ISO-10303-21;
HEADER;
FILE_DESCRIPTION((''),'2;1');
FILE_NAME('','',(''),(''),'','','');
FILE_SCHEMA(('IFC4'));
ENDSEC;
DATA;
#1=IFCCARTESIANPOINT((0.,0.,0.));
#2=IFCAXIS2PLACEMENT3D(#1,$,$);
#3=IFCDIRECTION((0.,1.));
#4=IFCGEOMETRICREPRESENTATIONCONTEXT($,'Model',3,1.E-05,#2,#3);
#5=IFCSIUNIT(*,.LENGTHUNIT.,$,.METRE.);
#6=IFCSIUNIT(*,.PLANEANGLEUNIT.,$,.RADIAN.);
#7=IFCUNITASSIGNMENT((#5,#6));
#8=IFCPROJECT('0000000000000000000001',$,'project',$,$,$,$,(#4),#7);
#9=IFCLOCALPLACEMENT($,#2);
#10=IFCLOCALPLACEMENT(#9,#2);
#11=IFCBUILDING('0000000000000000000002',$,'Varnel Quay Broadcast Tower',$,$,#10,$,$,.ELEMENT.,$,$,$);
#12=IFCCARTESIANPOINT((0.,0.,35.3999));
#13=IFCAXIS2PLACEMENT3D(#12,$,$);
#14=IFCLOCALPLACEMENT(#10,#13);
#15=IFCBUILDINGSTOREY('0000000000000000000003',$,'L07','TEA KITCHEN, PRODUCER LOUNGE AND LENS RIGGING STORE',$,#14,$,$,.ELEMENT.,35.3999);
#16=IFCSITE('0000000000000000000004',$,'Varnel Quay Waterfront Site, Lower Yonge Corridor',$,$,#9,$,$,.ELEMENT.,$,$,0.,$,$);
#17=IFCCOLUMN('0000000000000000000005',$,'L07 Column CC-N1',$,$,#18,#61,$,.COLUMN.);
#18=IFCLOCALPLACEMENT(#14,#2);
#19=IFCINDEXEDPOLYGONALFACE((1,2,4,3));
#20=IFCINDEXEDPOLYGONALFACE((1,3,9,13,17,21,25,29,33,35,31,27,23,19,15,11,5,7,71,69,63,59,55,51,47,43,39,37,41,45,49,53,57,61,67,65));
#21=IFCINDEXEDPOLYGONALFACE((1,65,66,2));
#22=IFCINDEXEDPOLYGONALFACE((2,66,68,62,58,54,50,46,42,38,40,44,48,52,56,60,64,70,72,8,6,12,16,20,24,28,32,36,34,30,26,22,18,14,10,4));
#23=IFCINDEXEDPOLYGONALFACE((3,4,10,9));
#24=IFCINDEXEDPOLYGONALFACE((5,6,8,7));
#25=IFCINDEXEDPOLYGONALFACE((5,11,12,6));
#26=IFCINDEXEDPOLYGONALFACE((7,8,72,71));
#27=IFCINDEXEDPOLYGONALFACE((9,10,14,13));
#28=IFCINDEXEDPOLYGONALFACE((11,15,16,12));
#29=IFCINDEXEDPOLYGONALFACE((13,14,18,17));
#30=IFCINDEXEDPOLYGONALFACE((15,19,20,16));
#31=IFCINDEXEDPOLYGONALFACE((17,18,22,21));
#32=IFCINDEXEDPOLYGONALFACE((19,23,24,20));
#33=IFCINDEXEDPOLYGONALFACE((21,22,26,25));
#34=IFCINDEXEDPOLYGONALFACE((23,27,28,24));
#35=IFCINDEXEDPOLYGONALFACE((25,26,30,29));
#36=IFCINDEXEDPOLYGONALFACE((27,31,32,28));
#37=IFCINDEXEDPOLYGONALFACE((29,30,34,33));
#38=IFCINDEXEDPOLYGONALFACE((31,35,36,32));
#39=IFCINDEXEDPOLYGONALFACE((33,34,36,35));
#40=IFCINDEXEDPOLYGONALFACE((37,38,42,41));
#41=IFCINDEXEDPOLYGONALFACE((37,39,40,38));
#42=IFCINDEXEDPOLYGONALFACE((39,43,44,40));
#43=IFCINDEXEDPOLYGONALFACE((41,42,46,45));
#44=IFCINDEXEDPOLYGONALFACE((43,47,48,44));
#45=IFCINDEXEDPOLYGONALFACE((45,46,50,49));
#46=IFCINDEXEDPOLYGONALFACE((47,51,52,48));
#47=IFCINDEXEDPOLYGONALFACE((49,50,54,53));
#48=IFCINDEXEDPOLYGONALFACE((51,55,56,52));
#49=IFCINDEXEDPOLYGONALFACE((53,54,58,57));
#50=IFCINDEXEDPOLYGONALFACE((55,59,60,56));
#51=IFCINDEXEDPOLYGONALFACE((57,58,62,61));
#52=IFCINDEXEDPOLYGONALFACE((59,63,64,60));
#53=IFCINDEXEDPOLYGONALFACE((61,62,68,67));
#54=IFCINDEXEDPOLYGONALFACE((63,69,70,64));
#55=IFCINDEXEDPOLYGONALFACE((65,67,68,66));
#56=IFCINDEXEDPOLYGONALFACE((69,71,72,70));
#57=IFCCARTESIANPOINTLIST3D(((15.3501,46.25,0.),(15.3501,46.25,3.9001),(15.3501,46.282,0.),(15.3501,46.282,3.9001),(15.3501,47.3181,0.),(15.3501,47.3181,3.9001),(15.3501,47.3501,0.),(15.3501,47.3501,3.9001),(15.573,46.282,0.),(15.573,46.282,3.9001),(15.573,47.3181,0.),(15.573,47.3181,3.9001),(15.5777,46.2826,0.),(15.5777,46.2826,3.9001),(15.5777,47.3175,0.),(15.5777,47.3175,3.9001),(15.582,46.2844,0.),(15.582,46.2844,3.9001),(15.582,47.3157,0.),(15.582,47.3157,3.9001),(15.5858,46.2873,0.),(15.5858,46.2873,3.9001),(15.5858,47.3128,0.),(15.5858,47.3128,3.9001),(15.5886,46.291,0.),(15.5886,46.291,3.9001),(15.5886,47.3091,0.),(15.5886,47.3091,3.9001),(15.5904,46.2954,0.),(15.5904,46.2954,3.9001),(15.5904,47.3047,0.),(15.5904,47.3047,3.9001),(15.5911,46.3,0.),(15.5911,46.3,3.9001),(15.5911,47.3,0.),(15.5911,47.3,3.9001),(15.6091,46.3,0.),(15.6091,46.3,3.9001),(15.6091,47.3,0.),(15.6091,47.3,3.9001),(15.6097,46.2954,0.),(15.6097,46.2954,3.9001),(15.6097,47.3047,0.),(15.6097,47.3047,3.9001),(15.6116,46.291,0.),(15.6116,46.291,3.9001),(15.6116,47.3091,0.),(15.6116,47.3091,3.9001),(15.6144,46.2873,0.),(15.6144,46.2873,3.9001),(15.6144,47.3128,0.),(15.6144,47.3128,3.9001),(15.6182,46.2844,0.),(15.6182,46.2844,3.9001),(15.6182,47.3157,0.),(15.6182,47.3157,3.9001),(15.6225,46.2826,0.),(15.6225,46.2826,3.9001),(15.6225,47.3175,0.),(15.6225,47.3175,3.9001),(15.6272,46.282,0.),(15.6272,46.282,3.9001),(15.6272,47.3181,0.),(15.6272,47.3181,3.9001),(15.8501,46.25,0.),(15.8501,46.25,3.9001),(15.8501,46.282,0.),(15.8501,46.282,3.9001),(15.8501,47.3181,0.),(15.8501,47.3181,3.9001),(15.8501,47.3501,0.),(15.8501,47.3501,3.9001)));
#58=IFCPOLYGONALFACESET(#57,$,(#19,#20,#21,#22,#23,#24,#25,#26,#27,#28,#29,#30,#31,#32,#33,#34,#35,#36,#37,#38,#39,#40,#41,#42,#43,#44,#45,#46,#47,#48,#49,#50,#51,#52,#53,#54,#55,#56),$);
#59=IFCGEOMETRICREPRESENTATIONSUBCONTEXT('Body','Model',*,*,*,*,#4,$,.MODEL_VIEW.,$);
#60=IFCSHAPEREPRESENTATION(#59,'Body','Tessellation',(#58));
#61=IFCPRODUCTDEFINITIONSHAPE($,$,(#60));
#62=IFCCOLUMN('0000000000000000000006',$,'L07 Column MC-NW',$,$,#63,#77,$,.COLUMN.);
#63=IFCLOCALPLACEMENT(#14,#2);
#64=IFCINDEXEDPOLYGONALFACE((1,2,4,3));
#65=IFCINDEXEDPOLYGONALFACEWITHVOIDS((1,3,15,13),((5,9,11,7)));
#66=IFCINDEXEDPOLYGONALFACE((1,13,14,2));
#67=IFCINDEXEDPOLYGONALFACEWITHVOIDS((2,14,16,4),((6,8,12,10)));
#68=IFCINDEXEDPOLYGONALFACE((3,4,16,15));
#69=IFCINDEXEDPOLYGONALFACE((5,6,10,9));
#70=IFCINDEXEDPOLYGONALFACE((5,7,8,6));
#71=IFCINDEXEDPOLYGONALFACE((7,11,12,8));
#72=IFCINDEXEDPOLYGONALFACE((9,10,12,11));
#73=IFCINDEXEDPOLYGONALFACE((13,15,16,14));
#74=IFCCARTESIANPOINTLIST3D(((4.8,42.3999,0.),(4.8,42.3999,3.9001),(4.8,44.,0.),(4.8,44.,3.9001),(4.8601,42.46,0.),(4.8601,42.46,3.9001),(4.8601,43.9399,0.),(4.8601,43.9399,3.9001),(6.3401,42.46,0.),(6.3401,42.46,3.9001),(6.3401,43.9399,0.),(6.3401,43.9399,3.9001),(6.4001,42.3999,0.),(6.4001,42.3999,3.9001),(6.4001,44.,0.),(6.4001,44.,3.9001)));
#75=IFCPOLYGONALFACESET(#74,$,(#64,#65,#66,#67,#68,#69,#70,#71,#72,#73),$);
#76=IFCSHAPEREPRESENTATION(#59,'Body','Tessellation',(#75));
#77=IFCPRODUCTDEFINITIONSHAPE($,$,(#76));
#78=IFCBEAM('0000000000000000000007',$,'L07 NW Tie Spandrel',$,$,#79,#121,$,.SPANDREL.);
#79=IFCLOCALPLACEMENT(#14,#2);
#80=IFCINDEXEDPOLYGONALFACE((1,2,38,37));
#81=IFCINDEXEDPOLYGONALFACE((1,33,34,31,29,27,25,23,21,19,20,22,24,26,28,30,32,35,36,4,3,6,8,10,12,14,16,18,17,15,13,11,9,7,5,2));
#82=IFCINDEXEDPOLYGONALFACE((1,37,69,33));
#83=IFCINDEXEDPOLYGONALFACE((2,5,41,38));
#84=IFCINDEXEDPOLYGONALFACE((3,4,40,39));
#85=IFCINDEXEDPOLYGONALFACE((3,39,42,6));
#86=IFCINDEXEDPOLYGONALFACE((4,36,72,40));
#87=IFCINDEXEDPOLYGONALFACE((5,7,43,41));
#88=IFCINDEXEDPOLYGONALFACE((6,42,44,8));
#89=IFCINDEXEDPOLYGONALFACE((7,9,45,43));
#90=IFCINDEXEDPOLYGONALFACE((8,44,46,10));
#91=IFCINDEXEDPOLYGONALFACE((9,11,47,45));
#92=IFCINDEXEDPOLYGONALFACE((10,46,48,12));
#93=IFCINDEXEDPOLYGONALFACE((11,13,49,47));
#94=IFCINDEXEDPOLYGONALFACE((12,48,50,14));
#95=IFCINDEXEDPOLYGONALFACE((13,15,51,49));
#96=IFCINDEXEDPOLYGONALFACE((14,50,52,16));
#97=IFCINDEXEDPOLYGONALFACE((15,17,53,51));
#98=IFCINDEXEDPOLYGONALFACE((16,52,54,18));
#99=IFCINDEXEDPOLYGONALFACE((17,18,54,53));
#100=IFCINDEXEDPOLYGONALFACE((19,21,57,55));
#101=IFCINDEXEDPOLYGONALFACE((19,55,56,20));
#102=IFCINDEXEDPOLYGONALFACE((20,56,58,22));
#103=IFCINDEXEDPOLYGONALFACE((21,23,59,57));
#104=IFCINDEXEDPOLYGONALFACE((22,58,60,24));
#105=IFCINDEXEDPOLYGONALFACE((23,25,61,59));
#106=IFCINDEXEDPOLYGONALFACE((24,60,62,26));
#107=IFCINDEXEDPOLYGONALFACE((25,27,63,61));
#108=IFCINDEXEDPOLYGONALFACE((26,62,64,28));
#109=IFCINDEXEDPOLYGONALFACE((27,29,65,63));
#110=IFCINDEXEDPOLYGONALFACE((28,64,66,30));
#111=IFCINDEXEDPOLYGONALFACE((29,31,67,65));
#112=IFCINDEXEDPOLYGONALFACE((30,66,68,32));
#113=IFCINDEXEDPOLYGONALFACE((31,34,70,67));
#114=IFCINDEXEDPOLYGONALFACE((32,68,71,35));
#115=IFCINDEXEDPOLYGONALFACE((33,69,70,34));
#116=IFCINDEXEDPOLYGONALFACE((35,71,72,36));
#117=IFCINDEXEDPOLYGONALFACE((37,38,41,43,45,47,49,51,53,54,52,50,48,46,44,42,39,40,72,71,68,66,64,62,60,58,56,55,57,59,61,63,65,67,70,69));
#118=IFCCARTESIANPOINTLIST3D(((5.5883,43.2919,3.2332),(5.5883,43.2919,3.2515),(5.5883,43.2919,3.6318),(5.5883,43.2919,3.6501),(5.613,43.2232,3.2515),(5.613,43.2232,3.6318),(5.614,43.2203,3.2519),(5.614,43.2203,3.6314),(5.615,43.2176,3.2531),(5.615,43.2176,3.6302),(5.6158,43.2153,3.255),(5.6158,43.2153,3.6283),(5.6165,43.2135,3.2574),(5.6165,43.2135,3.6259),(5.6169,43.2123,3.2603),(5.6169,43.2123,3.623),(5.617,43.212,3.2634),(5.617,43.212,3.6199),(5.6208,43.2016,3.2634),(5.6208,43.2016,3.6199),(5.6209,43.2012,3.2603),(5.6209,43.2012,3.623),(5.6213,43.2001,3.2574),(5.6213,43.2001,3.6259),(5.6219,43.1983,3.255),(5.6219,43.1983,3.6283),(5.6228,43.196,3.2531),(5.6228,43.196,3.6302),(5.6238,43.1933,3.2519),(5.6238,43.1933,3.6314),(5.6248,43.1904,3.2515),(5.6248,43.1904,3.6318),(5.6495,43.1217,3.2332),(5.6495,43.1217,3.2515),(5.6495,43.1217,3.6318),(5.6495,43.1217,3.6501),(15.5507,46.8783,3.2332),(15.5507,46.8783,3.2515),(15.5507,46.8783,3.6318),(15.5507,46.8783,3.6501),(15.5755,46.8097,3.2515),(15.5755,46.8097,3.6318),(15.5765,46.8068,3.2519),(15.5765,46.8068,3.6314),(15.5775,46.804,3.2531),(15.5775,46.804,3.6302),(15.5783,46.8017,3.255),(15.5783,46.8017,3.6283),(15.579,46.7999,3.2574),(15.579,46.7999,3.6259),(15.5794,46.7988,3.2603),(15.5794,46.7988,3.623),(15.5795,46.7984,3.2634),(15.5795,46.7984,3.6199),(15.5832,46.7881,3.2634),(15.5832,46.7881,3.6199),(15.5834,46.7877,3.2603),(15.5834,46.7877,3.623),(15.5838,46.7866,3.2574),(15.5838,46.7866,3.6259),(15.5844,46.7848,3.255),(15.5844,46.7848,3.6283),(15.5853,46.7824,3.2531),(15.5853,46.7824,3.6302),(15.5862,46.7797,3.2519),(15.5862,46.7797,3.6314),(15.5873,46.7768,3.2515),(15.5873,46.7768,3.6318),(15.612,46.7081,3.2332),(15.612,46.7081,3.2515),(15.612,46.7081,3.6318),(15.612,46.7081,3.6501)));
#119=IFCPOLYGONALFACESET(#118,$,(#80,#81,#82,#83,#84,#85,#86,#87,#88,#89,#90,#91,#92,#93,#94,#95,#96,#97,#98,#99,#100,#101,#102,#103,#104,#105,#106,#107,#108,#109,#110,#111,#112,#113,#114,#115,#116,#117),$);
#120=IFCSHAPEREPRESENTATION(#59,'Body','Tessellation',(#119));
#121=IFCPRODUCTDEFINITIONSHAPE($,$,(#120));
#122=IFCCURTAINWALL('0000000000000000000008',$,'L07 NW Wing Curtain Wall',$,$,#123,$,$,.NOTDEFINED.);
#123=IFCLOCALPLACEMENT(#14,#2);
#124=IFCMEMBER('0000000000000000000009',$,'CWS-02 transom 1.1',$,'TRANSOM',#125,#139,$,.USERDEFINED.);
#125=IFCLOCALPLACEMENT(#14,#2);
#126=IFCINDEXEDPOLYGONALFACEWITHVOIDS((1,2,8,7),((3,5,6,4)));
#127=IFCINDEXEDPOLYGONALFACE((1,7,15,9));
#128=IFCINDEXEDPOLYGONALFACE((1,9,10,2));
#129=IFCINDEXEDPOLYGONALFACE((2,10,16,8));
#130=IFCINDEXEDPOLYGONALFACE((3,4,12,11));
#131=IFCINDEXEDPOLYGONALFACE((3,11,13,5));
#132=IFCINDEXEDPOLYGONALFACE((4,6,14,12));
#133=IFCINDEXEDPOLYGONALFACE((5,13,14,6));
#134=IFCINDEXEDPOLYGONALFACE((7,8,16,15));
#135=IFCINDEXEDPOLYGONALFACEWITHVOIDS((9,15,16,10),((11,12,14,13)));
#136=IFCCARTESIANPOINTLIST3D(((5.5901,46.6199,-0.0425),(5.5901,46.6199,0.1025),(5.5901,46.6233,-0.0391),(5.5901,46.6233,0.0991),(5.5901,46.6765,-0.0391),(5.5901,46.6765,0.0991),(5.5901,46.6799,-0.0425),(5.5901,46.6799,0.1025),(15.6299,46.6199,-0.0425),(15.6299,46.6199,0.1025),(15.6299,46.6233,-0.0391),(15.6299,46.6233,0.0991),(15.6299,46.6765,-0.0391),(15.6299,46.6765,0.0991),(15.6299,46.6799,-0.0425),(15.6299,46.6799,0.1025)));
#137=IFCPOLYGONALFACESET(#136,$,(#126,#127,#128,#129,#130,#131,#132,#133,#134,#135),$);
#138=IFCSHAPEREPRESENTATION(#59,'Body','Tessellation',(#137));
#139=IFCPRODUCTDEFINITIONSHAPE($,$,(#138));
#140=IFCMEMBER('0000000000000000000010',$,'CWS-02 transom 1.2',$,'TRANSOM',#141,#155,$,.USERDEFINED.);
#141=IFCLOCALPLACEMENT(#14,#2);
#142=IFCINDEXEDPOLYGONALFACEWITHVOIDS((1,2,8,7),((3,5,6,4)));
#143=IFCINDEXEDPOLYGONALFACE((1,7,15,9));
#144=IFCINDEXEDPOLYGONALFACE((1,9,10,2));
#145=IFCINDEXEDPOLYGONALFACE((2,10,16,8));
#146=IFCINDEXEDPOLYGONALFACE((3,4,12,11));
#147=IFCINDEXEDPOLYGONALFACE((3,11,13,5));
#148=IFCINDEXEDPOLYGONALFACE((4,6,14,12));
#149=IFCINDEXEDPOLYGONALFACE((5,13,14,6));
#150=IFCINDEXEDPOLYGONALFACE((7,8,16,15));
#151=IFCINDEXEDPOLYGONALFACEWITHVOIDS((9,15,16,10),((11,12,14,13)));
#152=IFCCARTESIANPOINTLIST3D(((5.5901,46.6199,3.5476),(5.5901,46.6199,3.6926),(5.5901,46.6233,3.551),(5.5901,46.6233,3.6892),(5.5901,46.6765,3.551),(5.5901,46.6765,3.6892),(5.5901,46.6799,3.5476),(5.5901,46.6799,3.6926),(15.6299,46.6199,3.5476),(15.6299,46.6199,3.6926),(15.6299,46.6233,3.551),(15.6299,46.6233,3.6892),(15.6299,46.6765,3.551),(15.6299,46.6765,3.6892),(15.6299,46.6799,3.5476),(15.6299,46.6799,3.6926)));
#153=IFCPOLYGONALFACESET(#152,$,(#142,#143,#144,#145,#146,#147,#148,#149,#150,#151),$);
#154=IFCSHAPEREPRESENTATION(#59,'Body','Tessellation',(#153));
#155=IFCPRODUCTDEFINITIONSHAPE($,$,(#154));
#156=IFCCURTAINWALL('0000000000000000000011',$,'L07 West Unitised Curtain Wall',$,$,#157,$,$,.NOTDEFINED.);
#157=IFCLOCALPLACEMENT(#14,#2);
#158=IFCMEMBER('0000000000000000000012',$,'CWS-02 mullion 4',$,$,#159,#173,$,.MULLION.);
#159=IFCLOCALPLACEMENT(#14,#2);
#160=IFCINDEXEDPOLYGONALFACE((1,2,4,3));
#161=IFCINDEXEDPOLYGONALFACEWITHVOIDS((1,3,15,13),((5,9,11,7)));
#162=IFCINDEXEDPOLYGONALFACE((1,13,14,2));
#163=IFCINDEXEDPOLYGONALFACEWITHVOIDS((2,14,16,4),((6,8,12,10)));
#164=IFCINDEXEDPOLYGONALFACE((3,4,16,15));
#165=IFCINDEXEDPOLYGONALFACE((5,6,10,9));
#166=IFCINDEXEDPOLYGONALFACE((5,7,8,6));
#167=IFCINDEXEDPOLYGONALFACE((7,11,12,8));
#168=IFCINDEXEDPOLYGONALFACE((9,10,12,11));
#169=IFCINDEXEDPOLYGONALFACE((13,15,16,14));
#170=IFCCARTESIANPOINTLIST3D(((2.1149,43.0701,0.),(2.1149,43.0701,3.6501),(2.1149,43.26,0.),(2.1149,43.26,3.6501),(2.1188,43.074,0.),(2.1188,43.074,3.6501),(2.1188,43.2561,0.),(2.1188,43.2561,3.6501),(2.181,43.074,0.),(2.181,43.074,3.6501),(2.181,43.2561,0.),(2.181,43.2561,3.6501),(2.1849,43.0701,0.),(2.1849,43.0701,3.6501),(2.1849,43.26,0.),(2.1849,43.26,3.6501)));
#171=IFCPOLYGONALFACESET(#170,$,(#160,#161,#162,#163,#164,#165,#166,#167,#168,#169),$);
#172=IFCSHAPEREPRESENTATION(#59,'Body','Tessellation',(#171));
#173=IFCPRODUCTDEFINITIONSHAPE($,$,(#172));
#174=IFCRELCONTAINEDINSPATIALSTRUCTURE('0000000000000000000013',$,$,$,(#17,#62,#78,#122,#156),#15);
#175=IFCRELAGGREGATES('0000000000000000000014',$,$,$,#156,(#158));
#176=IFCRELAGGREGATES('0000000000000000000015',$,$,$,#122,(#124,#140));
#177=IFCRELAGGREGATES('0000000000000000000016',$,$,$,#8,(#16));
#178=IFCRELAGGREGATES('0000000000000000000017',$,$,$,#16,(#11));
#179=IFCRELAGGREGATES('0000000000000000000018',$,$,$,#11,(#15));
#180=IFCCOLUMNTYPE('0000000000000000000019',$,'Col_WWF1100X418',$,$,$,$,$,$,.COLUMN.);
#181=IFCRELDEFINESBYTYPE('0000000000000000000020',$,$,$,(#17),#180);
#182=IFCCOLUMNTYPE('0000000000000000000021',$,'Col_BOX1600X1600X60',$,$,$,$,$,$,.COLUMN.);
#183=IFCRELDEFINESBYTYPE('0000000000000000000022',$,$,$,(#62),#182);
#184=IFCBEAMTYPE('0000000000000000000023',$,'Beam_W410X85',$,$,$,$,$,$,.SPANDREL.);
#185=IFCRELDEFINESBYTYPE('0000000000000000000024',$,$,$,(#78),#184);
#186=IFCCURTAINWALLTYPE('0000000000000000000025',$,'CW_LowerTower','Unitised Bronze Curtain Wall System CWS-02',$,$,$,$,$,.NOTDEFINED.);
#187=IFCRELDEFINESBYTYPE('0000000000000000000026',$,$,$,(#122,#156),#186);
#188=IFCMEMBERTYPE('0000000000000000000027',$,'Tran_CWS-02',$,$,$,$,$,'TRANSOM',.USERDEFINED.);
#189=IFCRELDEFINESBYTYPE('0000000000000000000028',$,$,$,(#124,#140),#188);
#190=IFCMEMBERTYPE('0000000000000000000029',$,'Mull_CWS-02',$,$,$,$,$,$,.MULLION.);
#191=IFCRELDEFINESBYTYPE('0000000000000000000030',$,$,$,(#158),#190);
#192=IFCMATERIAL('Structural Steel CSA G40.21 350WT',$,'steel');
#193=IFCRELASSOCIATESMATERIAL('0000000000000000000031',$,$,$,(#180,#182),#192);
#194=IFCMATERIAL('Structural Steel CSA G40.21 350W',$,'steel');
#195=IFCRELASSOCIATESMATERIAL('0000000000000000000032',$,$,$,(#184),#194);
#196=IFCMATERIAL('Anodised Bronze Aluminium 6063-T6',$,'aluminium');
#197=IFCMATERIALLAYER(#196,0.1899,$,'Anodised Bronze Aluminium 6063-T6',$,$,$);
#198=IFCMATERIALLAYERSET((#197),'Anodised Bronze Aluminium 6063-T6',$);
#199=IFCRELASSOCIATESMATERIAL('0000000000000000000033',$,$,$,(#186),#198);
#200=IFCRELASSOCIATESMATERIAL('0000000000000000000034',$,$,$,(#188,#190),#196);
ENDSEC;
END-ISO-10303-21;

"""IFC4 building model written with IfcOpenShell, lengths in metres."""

from ifc_helpers import new_model, si_unit, direction, frame, origin, origin_2d, place, context, subcontext, project, spatial, hollow_rectangle, i_section, extrude, source, transform, mapped, material, layer, layer_set, material_profile, profile_set, type_object, type_shapes, element, aggregate, save


model = new_model("IFC4")

# Units and contexts
model_context = context("Model", 3, precision=1e-05, world=origin(), true_north=direction((0.0, 1.0)))
body_context = subcontext(model_context, "Body", "Model", "MODEL_VIEW")
ifc_project = project(units=[si_unit("LENGTHUNIT", "METRE"), si_unit("PLANEANGLEUNIT", "RADIAN")], contexts=[model_context])

# Site, building, storey
site_placement = place(None, origin())
site = spatial("IfcSite", under=ifc_project, at=site_placement, Name="Varnel Quay Waterfront Site, Lower Yonge Corridor", CompositionType="ELEMENT", RefElevation=0.0)
building_placement = place(site_placement, origin())
building = spatial("IfcBuilding", under=site, at=building_placement, Name="Varnel Quay Broadcast Tower", CompositionType="ELEMENT")
storey_placement = place(building_placement, frame((0.0, 0.0, 35.3999)))
storey = spatial("IfcBuildingStorey", under=building, at=storey_placement, Name="L07", Description="TEA KITCHEN, PRODUCER LOUNGE AND LENS RIGGING STORE", CompositionType="ELEMENT", Elevation=35.3999)

# Columns
ifc_material_1 = material(Name="Structural Steel CSA G40.21 350WT", Category="steel")
ifc_material_profile_1 = material_profile(ifc_material_1, i_section(OverallWidth=0.5, OverallDepth=1.1001, WebThickness=0.0181, FlangeThickness=0.032, FilletRadius=0.0181, at=origin_2d()), Name="WWF1100X418")
ifc_profile_set_1 = profile_set([ifc_material_profile_1], Name="Structural Steel CSA G40.21 350WT")
column_type_1 = type_object("IfcColumnType", Name="Col_WWF1100X418", PredefinedType="COLUMN", material=ifc_profile_set_1)
shared_shape_1 = source(origin(), body_context, "Body", "SweptSolid", [
    extrude(i_section(OverallWidth=0.5, OverallDepth=1.1001, WebThickness=0.0181, FlangeThickness=0.032, FilletRadius=0.0181, at=origin_2d()), origin(), (0.0, 0.0, 1.0), 3.9001),
])
type_shapes(column_type_1, [shared_shape_1])
column_1_placement = place(storey_placement, frame((15.6001, 46.8, 0.0), z_axis=(0.0, 0.0, 1.0), x_axis=(1.0, 0.0, 0.0)))
element("IfcColumn", 1, at=column_1_placement, inside=storey, type_object=column_type_1, Name="L07 Column CC-N1", PredefinedType="COLUMN", context=body_context, shape_type="MappedRepresentation", body=[
    mapped(shared_shape_1, transform((0.0, 0.0, 0.0), x_axis=(1.0, 0.0, 0.0), y_axis=(0.0, 1.0, 0.0), z_axis=(0.0, 0.0, 1.0), scale=1.0)),
])
ifc_material_profile_2 = material_profile(ifc_material_1, hollow_rectangle(XDim=1.6001, YDim=1.6001, WallThickness=0.0601, at=origin_2d()), Name="BOX1600X1600X60")
ifc_profile_set_2 = profile_set([ifc_material_profile_2], Name="Structural Steel CSA G40.21 350WT")
column_type_2 = type_object("IfcColumnType", Name="Col_BOX1600X1600X60", PredefinedType="COLUMN", material=ifc_profile_set_2)
shared_shape_2 = source(origin(), body_context, "Body", "SweptSolid", [
    extrude(hollow_rectangle(XDim=1.6001, YDim=1.6001, WallThickness=0.0601, at=origin_2d()), origin(), (0.0, 0.0, 1.0), 3.9001),
])
type_shapes(column_type_2, [shared_shape_2])
column_2_placement = place(storey_placement, frame((5.6001, 43.2, 0.0), z_axis=(0.0, 0.0, 1.0), x_axis=(1.0, 0.0, 0.0)))
element("IfcColumn", 2, at=column_2_placement, inside=storey, type_object=column_type_2, Name="L07 Column MC-NW", PredefinedType="COLUMN", context=body_context, shape_type="MappedRepresentation", body=[
    mapped(shared_shape_2, transform((0.0, 0.0, 0.0), x_axis=(1.0, 0.0, 0.0), y_axis=(0.0, 1.0, 0.0), z_axis=(0.0, 0.0, 1.0), scale=1.0)),
])

# Beam
ifc_material_2 = material(Name="Structural Steel CSA G40.21 350W", Category="steel")
ifc_material_profile_3 = material_profile(ifc_material_2, i_section(OverallWidth=0.1809, OverallDepth=0.417, WebThickness=0.011, FlangeThickness=0.0183, FilletRadius=0.012, at=origin_2d()), Name="W410X85")
ifc_profile_set_3 = profile_set([ifc_material_profile_3], Name="Structural Steel CSA G40.21 350W")
beam_type = type_object("IfcBeamType", Name="Beam_W410X85", PredefinedType="SPANDREL", material=ifc_profile_set_3)
shared_shape_3 = source(origin(), body_context, "Body", "SweptSolid", [
    extrude(i_section(OverallWidth=0.1809, OverallDepth=0.417, WebThickness=0.011, FlangeThickness=0.0183, FilletRadius=0.012, at=origin_2d()), origin(), (0.0, 0.0, 1.0), 10.5884),
])
type_shapes(beam_type, [shared_shape_3])
beam_placement = place(storey_placement, frame((5.6189, 43.2068, 3.4417), z_axis=(0.940889, 0.338716, 0.0), x_axis=(-0.338716, 0.940889, 0.0)))
element("IfcBeam", 3, at=beam_placement, inside=storey, type_object=beam_type, Name="L07 NW Tie Spandrel", PredefinedType="SPANDREL", context=body_context, shape_type="MappedRepresentation", body=[
    mapped(shared_shape_3, transform((0.0, 0.0, 0.0), x_axis=(1.0, 0.0, 0.0), y_axis=(0.0, 1.0, 0.0), z_axis=(0.0, 0.0, 1.0), scale=1.0)),
])

# Curtain wall, members
ifc_material_3 = material(Name="Anodised Bronze Aluminium 6063-T6", Category="aluminium")
ifc_layer_1 = layer(ifc_material_3, 0.1899, Name="Anodised Bronze Aluminium 6063-T6")
ifc_layer_set_1 = layer_set([ifc_layer_1], Name="Anodised Bronze Aluminium 6063-T6")
curtain_wall_type = type_object("IfcCurtainWallType", Name="CW_LowerTower", Description="Unitised Bronze Curtain Wall System CWS-02", PredefinedType="NOTDEFINED", material=ifc_layer_set_1)
curtain_wall_1_placement = place(storey_placement, origin())
curtain_wall_1 = element("IfcCurtainWall", 4, at=curtain_wall_1_placement, inside=storey, type_object=curtain_wall_type, Name="L07 NW Wing Curtain Wall", PredefinedType="NOTDEFINED")
ifc_material_profile_4 = material_profile(ifc_material_3, hollow_rectangle(XDim=0.0601, YDim=0.145, WallThickness=0.0034, at=origin_2d()), Name="ALU60X145X3.5")
ifc_profile_set_4 = profile_set([ifc_material_profile_4], Name="Anodised Bronze Aluminium 6063-T6")
member_type_1 = type_object("IfcMemberType", Name="Tran_CWS-02", ElementType="TRANSOM", PredefinedType="USERDEFINED", material=ifc_profile_set_4)
shared_shape_4 = source(origin(), body_context, "Body", "SweptSolid", [
    extrude(hollow_rectangle(XDim=0.0601, YDim=0.145, WallThickness=0.0034, at=origin_2d()), origin(), (0.0, 0.0, 1.0), 10.0398),
])
type_shapes(member_type_1, [shared_shape_4])
member_1_placement = place(storey_placement, frame((5.5901, 46.6499, 0.03), z_axis=(1.0, 0.0, 0.0), x_axis=(0.0, 1.0, 0.0)))
member_1 = element("IfcMember", 5, at=member_1_placement, type_object=member_type_1, Name="CWS-02 transom 1.1", ObjectType="TRANSOM", PredefinedType="USERDEFINED", context=body_context, shape_type="MappedRepresentation", body=[
    mapped(shared_shape_4, transform((0.0, 0.0, 0.0), x_axis=(1.0, 0.0, 0.0), y_axis=(0.0, 1.0, 0.0), z_axis=(0.0, 0.0, 1.0), scale=1.0)),
])
member_2_placement = place(storey_placement, frame((5.5901, 46.6499, 3.6201), z_axis=(1.0, 0.0, 0.0), x_axis=(0.0, 1.0, 0.0)))
member_2 = element("IfcMember", 6, at=member_2_placement, type_object=member_type_1, Name="CWS-02 transom 1.2", ObjectType="TRANSOM", PredefinedType="USERDEFINED", context=body_context, shape_type="MappedRepresentation", body=[
    mapped(shared_shape_4, transform((0.0, 0.0, 0.0), x_axis=(1.0, 0.0, 0.0), y_axis=(0.0, 1.0, 0.0), z_axis=(0.0, 0.0, 1.0), scale=1.0)),
])

# Curtain wall, member
curtain_wall_2_placement = place(storey_placement, origin())
curtain_wall_2 = element("IfcCurtainWall", 7, at=curtain_wall_2_placement, inside=storey, type_object=curtain_wall_type, Name="L07 West Unitised Curtain Wall", PredefinedType="NOTDEFINED")
ifc_material_profile_5 = material_profile(ifc_material_3, hollow_rectangle(XDim=0.0701, YDim=0.1899, WallThickness=0.0039, at=origin_2d()), Name="ALU70X190X4")
ifc_profile_set_5 = profile_set([ifc_material_profile_5], Name="Anodised Bronze Aluminium 6063-T6")
member_type_2 = type_object("IfcMemberType", Name="Mull_CWS-02", PredefinedType="MULLION", material=ifc_profile_set_5)
shared_shape_5 = source(origin(), body_context, "Body", "SweptSolid", [
    extrude(hollow_rectangle(XDim=0.0701, YDim=0.1899, WallThickness=0.0039, at=origin_2d()), origin(), (0.0, 0.0, 1.0), 3.6501),
])
type_shapes(member_type_2, [shared_shape_5])
member_3_placement = place(storey_placement, frame((2.1499, 43.165, 0.0), z_axis=(0.0, 0.0, 1.0), x_axis=(-1.0, 0.0, 0.0)))
member_3 = element("IfcMember", 8, at=member_3_placement, type_object=member_type_2, Name="CWS-02 mullion 4", PredefinedType="MULLION", context=body_context, shape_type="MappedRepresentation", body=[
    mapped(shared_shape_5, transform((0.0, 0.0, 0.0), x_axis=(1.0, 0.0, 0.0), y_axis=(0.0, 1.0, 0.0), z_axis=(0.0, 0.0, 1.0), scale=1.0)),
])

aggregate(curtain_wall_2, [member_3])
aggregate(curtain_wall_1, [member_1, member_2])

save(model, "model.ifc")
